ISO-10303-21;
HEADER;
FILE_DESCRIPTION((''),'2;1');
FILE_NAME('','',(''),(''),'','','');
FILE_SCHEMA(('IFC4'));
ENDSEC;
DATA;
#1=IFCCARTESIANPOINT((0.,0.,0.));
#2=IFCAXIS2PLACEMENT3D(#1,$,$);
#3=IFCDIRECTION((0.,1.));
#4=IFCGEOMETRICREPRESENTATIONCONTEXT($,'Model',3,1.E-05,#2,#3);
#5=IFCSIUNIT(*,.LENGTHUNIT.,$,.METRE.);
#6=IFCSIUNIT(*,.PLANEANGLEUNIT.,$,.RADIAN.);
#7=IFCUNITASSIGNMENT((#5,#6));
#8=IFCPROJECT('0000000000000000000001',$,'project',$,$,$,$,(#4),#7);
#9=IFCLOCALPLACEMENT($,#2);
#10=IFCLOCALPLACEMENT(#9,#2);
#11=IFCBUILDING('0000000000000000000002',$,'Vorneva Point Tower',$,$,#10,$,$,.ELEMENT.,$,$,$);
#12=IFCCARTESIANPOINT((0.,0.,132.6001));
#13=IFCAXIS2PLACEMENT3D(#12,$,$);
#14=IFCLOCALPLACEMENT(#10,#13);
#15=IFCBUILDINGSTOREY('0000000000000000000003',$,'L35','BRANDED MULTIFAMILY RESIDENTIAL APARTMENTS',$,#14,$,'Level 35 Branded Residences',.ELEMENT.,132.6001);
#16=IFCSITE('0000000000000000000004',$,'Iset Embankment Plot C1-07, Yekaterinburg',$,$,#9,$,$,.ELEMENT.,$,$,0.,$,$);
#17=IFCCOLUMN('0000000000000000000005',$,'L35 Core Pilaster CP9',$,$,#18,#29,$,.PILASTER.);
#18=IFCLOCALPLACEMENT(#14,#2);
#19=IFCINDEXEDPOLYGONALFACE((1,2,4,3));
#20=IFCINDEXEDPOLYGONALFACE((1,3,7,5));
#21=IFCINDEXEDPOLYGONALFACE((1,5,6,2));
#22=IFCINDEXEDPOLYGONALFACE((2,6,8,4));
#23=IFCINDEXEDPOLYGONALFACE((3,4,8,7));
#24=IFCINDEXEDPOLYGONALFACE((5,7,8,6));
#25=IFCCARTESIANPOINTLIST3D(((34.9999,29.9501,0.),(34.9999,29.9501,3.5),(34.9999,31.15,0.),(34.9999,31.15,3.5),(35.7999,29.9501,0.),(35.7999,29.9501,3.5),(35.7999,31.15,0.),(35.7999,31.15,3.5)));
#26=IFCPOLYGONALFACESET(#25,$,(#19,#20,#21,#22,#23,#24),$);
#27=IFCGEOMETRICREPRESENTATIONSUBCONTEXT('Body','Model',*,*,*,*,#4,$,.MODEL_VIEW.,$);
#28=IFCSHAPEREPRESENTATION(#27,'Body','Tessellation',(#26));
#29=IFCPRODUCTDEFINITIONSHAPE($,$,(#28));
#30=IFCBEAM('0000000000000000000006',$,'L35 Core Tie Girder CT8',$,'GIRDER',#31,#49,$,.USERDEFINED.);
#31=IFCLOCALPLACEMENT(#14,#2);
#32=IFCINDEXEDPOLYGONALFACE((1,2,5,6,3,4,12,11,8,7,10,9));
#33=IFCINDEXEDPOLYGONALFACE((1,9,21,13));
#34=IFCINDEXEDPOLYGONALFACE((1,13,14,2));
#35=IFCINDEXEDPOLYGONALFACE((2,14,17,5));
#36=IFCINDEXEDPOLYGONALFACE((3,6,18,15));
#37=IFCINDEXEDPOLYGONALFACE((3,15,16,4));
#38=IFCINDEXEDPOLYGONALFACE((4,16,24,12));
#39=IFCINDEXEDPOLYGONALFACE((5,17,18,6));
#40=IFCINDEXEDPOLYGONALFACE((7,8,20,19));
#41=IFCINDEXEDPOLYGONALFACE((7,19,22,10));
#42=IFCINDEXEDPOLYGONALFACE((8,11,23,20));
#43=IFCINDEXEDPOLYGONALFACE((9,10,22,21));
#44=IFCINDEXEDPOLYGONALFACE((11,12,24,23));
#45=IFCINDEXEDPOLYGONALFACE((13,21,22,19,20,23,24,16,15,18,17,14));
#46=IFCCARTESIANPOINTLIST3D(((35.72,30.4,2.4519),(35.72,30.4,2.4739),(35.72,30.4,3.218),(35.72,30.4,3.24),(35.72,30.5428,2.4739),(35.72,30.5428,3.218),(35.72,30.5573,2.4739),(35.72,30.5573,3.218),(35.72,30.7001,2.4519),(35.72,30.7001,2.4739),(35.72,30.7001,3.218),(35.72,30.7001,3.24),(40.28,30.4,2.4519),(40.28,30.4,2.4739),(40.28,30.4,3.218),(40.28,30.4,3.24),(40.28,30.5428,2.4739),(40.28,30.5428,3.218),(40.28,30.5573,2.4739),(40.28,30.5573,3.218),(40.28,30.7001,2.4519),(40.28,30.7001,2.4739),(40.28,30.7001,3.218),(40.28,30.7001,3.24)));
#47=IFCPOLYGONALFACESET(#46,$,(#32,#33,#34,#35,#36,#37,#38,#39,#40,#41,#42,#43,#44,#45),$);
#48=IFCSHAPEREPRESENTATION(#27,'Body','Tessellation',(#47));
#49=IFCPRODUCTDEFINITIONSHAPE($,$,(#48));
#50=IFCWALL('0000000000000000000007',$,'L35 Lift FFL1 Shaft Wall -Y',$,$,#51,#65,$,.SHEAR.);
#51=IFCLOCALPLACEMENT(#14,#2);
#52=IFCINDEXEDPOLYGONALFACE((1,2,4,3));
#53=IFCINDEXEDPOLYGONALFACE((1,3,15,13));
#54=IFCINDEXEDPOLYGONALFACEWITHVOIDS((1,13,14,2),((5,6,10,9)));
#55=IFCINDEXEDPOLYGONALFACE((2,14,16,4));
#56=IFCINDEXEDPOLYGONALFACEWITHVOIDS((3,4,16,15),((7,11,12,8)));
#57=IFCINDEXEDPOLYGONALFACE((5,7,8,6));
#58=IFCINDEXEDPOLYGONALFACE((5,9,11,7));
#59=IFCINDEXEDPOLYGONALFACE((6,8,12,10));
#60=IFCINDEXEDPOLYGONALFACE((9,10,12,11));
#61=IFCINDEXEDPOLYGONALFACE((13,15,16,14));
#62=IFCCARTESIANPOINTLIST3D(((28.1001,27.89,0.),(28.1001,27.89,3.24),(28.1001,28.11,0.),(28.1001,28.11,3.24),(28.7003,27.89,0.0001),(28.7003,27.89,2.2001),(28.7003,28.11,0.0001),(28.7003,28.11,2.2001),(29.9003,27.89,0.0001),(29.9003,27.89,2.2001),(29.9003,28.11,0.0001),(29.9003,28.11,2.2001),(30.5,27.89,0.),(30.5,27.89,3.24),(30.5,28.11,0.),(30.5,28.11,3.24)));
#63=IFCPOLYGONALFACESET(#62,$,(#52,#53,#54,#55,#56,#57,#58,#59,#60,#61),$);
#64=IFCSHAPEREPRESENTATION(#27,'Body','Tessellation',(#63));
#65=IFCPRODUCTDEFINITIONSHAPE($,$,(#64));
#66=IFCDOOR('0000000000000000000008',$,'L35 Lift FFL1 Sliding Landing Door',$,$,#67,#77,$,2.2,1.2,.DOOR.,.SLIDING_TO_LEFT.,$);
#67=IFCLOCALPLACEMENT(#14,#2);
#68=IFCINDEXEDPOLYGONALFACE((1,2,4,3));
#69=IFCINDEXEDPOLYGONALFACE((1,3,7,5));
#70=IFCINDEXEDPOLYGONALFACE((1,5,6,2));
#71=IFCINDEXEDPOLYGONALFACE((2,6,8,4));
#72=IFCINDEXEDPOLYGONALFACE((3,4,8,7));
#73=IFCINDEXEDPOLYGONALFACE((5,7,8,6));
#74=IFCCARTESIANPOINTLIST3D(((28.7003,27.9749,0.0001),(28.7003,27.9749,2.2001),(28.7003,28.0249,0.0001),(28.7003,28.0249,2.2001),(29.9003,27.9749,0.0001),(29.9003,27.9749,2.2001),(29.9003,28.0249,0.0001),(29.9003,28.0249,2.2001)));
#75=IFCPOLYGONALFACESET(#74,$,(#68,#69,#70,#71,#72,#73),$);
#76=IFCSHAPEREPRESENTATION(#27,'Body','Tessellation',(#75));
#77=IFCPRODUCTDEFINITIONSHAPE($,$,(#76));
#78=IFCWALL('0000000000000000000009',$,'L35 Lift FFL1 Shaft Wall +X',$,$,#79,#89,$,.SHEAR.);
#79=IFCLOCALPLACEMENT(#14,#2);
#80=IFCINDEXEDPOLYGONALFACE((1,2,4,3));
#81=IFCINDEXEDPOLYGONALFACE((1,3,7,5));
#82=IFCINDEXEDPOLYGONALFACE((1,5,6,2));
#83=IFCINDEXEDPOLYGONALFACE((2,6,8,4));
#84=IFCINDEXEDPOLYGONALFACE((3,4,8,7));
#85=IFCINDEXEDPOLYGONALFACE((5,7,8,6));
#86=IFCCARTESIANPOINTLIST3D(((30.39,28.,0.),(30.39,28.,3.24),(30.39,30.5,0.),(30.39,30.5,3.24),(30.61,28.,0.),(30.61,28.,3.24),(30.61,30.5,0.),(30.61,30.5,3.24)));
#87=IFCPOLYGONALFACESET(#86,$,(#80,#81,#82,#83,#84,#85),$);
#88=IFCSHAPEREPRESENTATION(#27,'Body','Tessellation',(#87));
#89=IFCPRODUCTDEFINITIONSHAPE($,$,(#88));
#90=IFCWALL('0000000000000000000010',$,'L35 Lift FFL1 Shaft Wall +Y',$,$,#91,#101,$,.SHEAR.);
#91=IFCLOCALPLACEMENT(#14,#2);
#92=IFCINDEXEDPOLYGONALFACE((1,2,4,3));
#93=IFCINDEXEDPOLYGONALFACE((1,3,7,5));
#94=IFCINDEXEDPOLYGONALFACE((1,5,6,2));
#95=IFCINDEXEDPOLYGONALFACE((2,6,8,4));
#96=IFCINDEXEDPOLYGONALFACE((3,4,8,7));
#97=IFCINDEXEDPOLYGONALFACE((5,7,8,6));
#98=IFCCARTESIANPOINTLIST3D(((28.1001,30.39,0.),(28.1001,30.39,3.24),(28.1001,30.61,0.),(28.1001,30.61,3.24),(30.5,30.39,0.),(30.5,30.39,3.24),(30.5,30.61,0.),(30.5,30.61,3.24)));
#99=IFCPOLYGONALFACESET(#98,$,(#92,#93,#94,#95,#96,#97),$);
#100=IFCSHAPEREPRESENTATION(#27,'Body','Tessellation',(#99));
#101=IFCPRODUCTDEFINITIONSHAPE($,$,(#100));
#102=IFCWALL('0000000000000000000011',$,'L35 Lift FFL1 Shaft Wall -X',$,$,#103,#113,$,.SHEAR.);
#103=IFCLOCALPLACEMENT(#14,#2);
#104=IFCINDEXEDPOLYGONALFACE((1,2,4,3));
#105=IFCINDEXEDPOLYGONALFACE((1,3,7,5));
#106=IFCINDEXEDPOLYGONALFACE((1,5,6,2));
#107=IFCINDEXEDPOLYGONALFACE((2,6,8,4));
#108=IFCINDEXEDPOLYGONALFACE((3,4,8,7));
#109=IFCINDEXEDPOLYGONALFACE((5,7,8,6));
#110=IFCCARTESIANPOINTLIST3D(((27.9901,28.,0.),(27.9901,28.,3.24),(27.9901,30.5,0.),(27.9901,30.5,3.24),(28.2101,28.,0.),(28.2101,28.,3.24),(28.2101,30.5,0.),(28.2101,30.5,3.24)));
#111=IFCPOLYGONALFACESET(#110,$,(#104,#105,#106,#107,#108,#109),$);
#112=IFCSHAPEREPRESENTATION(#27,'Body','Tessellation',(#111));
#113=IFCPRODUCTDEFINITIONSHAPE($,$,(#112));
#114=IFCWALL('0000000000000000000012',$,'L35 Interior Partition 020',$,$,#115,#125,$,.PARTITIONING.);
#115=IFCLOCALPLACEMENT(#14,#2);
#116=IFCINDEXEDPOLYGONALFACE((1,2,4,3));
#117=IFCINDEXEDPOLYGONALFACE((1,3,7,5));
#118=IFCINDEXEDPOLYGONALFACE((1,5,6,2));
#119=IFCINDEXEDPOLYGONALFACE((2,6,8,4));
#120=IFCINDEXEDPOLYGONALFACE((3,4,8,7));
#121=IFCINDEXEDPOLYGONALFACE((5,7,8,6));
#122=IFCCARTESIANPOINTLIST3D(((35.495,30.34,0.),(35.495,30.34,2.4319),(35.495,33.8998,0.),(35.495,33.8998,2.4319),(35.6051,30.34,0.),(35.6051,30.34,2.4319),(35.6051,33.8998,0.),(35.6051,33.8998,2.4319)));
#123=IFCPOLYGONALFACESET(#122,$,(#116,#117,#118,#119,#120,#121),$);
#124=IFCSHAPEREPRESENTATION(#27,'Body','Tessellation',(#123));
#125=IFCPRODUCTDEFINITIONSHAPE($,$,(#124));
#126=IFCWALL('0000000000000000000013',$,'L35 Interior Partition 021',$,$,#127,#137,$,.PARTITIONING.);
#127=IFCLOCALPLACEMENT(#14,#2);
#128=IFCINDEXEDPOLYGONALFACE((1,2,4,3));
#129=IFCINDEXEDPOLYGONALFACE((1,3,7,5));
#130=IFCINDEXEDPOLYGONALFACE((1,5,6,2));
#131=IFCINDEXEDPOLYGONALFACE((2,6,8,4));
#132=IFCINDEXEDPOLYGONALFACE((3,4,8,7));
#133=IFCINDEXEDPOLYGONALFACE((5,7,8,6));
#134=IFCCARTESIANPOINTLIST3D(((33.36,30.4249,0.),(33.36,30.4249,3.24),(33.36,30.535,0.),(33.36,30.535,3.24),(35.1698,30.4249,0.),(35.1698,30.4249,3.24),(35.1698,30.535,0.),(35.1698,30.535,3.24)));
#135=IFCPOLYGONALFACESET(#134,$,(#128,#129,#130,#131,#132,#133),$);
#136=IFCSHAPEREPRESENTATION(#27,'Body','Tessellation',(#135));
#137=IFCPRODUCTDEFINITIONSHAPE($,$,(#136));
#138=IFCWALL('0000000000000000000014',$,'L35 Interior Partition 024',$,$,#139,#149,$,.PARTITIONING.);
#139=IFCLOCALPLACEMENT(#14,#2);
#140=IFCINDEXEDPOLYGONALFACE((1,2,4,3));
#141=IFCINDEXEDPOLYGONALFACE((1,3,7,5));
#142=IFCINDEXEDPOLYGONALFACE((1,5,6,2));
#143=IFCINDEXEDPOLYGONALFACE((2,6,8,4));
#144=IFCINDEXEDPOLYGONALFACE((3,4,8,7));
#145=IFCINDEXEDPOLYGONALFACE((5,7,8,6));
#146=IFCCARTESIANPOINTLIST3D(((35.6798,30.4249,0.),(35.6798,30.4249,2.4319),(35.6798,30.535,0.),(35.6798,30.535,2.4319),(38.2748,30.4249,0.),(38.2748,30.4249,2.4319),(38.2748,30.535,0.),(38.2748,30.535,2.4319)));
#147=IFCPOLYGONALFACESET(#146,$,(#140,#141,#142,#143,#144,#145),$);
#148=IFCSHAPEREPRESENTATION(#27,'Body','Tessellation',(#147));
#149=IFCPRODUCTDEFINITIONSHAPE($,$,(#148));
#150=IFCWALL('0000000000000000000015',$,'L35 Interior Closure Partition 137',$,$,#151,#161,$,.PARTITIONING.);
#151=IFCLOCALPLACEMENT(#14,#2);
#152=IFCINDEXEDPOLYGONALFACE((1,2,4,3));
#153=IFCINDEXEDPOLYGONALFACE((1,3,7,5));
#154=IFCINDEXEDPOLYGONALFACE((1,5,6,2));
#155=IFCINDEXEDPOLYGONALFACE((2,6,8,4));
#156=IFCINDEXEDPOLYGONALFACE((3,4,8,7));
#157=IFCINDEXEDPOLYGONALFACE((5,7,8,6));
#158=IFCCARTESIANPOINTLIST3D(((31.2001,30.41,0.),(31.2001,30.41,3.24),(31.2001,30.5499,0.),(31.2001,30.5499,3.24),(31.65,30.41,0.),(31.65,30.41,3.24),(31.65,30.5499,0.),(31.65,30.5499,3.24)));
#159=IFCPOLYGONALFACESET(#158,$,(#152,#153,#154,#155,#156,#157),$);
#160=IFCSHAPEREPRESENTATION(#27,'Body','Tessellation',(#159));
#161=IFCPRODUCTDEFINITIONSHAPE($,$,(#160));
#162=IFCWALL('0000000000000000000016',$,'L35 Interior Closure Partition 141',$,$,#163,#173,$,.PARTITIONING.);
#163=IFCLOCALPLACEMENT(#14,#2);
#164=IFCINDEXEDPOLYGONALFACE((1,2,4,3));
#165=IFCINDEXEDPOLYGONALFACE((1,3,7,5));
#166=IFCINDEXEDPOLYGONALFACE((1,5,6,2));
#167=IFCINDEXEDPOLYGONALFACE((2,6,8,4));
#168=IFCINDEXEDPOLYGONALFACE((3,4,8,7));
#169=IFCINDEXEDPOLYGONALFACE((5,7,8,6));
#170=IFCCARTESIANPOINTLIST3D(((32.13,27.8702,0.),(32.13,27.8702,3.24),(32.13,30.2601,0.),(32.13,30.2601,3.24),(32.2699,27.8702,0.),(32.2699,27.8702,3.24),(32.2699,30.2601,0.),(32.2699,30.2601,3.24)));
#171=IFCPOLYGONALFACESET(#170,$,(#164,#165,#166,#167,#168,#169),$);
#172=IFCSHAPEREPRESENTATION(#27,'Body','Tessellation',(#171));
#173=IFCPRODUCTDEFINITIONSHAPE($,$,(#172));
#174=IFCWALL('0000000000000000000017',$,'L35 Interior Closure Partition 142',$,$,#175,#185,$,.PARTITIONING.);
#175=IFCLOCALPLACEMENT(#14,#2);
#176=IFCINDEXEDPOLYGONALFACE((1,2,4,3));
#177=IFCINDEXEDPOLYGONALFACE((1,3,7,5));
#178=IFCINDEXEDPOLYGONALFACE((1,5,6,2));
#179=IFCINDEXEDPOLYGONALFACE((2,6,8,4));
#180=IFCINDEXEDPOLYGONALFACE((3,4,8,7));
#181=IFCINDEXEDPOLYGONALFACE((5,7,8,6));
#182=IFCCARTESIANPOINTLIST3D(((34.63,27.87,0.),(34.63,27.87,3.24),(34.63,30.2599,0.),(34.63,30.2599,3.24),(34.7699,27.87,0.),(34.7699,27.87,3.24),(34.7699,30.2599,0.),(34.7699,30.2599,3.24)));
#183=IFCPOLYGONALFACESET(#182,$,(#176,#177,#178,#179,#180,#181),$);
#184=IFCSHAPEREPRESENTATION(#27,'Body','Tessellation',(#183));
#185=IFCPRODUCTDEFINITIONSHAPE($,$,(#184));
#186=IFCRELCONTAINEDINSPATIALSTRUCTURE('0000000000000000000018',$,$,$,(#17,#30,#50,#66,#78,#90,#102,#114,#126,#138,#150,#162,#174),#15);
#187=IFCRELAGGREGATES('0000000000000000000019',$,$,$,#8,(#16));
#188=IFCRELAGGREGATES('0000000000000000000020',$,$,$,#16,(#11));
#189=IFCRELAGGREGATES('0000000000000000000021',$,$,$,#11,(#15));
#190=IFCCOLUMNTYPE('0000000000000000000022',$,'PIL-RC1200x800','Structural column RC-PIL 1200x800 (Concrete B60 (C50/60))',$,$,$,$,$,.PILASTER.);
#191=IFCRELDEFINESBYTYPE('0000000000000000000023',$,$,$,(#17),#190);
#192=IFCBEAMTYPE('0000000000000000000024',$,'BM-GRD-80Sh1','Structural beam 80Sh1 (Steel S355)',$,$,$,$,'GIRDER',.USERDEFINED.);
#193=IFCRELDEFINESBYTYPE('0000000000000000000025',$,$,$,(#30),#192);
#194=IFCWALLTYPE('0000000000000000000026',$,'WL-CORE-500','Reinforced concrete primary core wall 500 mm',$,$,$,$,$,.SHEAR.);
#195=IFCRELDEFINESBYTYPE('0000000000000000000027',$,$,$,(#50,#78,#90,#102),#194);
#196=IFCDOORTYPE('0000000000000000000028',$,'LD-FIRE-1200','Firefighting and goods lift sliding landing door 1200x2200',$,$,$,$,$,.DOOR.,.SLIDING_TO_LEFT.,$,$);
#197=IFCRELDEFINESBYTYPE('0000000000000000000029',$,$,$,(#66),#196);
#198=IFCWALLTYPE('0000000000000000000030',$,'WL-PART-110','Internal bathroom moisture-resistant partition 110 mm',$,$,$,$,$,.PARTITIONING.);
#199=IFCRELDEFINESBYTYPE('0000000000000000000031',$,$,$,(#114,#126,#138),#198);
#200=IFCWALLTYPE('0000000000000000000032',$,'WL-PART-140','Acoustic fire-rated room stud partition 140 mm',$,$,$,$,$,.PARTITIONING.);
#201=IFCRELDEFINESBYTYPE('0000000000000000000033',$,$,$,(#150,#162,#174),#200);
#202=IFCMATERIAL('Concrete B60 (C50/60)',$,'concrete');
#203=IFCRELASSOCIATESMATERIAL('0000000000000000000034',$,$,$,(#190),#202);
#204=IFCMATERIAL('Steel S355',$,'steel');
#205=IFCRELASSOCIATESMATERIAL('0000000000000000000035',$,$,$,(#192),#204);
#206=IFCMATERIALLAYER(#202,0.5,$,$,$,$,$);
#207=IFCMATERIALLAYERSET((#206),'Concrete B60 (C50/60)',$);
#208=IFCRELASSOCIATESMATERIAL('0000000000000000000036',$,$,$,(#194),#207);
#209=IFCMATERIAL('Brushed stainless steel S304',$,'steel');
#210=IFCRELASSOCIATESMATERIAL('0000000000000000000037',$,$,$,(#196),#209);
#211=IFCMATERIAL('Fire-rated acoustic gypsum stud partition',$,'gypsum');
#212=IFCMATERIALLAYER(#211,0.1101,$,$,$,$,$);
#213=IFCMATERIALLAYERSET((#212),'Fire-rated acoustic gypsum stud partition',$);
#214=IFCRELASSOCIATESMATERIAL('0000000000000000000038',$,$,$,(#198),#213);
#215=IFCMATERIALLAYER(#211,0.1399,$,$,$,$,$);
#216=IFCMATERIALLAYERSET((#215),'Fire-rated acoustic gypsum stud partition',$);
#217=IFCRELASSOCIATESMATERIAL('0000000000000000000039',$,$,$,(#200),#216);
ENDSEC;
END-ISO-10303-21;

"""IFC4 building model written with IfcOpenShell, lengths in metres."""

from ifc_helpers import new_model, si_unit, direction, frame, frame_2d, origin, origin_2d, place, context, subcontext, project, spatial, rectangle, i_section, extrude, material, layer, layer_set, material_profile, profile_set, type_object, element, fill, save


model = new_model("IFC4")

# Units and contexts
model_context = context("Model", 3, precision=1e-05, world=origin(), true_north=direction((0.0, 1.0)))
body_context = subcontext(model_context, "Body", "Model", "MODEL_VIEW")
ifc_project = project(units=[si_unit("LENGTHUNIT", "METRE"), si_unit("PLANEANGLEUNIT", "RADIAN")], contexts=[model_context])

# Site, building, storey
site_placement = place(None, origin())
site = spatial("IfcSite", under=ifc_project, at=site_placement, Name="Iset Embankment Plot C1-07, Yekaterinburg", CompositionType="ELEMENT", RefElevation=0.0)
building_placement = place(site_placement, origin())
building = spatial("IfcBuilding", under=site, at=building_placement, Name="Vorneva Point Tower", CompositionType="ELEMENT")
storey_placement = place(building_placement, frame((0.0, 0.0, 132.6001)))
storey = spatial("IfcBuildingStorey", under=building, at=storey_placement, Name="L35", Description="BRANDED MULTIFAMILY RESIDENTIAL APARTMENTS", LongName="Level 35 Branded Residences", CompositionType="ELEMENT", Elevation=132.6001)

# Column
ifc_material_1 = material(Name="Concrete B60 (C50/60)", Category="concrete")
ifc_material_profile_1 = material_profile(ifc_material_1, rectangle(XDim=0.8, YDim=1.2, at=origin_2d()), Name="RC-PIL 1200x800")
ifc_profile_set_1 = profile_set([ifc_material_profile_1], Name="Concrete B60 (C50/60)")
column_type = type_object("IfcColumnType", Name="PIL-RC1200x800", Description="Structural column RC-PIL 1200x800 (Concrete B60 (C50/60))", PredefinedType="PILASTER", material=ifc_profile_set_1)
column_placement = place(storey_placement, frame((35.3999, 30.55, 0.0), z_axis=(0.0, 0.0, 1.0), x_axis=(1.0, 0.0, 0.0)))
element("IfcColumn", 1, at=column_placement, inside=storey, type_object=column_type, Name="L35 Core Pilaster CP9", PredefinedType="PILASTER", context=body_context, shape_type="SweptSolid", body=[
    extrude(rectangle(XDim=0.8, YDim=1.2, at=origin_2d()), origin(), (0.0, 0.0, 1.0), 3.5),
])

# Beam
ifc_material_2 = material(Name="Steel S355", Category="steel")
ifc_material_profile_2 = material_profile(ifc_material_2, i_section(OverallWidth=0.3, OverallDepth=0.7881, WebThickness=0.0144, FlangeThickness=0.022, at=origin_2d()), Name="80Sh1")
ifc_profile_set_2 = profile_set([ifc_material_profile_2], Name="Steel S355")
beam_type = type_object("IfcBeamType", Name="BM-GRD-80Sh1", Description="Structural beam 80Sh1 (Steel S355)", ElementType="GIRDER", PredefinedType="USERDEFINED", material=ifc_profile_set_2)
beam_placement = place(storey_placement, frame((35.72, 30.55, 2.8459), z_axis=(1.0, 0.0, 0.0), x_axis=(0.0, 1.0, 0.0)))
element("IfcBeam", 2, at=beam_placement, inside=storey, type_object=beam_type, Name="L35 Core Tie Girder CT8", ObjectType="GIRDER", PredefinedType="USERDEFINED", context=body_context, shape_type="SweptSolid", body=[
    extrude(i_section(OverallWidth=0.3, OverallDepth=0.7881, WebThickness=0.0144, FlangeThickness=0.022, at=origin_2d()), origin(), (0.0, 0.0, 1.0), 4.5601),
])

# Wall, opening, door
ifc_layer_1 = layer(ifc_material_1, 0.5)
ifc_layer_set_1 = layer_set([ifc_layer_1], Name="Concrete B60 (C50/60)")
wall_type_1 = type_object("IfcWallType", Name="WL-CORE-500", Description="Reinforced concrete primary core wall 500 mm", PredefinedType="SHEAR", material=ifc_layer_set_1)
wall_1_placement = place(storey_placement, frame((28.1001, 28.0, 0.0), z_axis=(0.0, 0.0, 1.0), x_axis=(1.0, 0.0, 0.0)))
wall_1 = element("IfcWall", 3, at=wall_1_placement, inside=storey, type_object=wall_type_1, Name="L35 Lift FFL1 Shaft Wall -Y", PredefinedType="SHEAR", context=body_context, shape_type="SweptSolid", body=[
    extrude(rectangle(XDim=2.3999, YDim=0.22, at=frame_2d((1.2, 0.0))), origin(), (0.0, 0.0, 1.0), 3.24),
])
opening_1_placement = place(wall_1_placement, frame((0.6001, 0.0, 0.0)))
opening_1 = element("IfcOpeningElement", 4, at=opening_1_placement, cuts=wall_1, PredefinedType="OPENING", context=body_context, shape_type="SweptSolid", body=[
    extrude(rectangle(XDim=1.2, YDim=2.2, at=frame_2d((0.6001, 1.1001))), frame((0.0, 0.125, 0.0), z_axis=(0.0, -1.0, 0.0), x_axis=(1.0, 0.0, 0.0)), (0.0, 0.0, 1.0), 0.2498),
])
ifc_material_3 = material(Name="Brushed stainless steel S304", Category="steel")
door_type_1 = type_object("IfcDoorType", Name="LD-FIRE-1200", Description="Firefighting and goods lift sliding landing door 1200x2200", OperationType="SLIDING_TO_LEFT", PredefinedType="DOOR", material=ifc_material_3)
door_1_placement = place(opening_1_placement, origin())
door_1 = element("IfcDoor", 5, at=door_1_placement, inside=storey, type_object=door_type_1, Name="L35 Lift FFL1 Sliding Landing Door", OperationType="SLIDING_TO_LEFT", OverallHeight=2.2, OverallWidth=1.2, PredefinedType="DOOR", context=body_context, shape_type="SweptSolid", body=[
    extrude(rectangle(XDim=1.2, YDim=2.2, at=frame_2d((0.6001, 1.1001))), frame((0.0, 0.0249, 0.0), z_axis=(0.0, -1.0, 0.0), x_axis=(1.0, 0.0, 0.0)), (0.0, 0.0, 1.0), 0.05),
])
fill(opening_1, door_1)

# Walls
wall_2_placement = place(storey_placement, frame((30.5, 28.0, 0.0), z_axis=(0.0, 0.0, 1.0), x_axis=(0.0, 1.0, 0.0)))
element("IfcWall", 6, at=wall_2_placement, inside=storey, type_object=wall_type_1, Name="L35 Lift FFL1 Shaft Wall +X", PredefinedType="SHEAR", context=body_context, shape_type="SweptSolid", body=[
    extrude(rectangle(XDim=2.5, YDim=0.22, at=frame_2d((1.25, 0.0))), origin(), (0.0, 0.0, 1.0), 3.24),
])
wall_3_placement = place(storey_placement, frame((30.5, 30.5, 0.0), z_axis=(0.0, 0.0, 1.0), x_axis=(-1.0, 0.0, 0.0)))
element("IfcWall", 7, at=wall_3_placement, inside=storey, type_object=wall_type_1, Name="L35 Lift FFL1 Shaft Wall +Y", PredefinedType="SHEAR", context=body_context, shape_type="SweptSolid", body=[
    extrude(rectangle(XDim=2.3999, YDim=0.22, at=frame_2d((1.2, 0.0))), origin(), (0.0, 0.0, 1.0), 3.24),
])
wall_4_placement = place(storey_placement, frame((28.1001, 30.5, 0.0), z_axis=(0.0, 0.0, 1.0), x_axis=(0.0, -1.0, 0.0)))
element("IfcWall", 8, at=wall_4_placement, inside=storey, type_object=wall_type_1, Name="L35 Lift FFL1 Shaft Wall -X", PredefinedType="SHEAR", context=body_context, shape_type="SweptSolid", body=[
    extrude(rectangle(XDim=2.5, YDim=0.22, at=frame_2d((1.25, 0.0))), origin(), (0.0, 0.0, 1.0), 3.24),
])
ifc_material_4 = material(Name="Fire-rated acoustic gypsum stud partition", Category="gypsum")
ifc_layer_2 = layer(ifc_material_4, 0.1101)
ifc_layer_set_2 = layer_set([ifc_layer_2], Name="Fire-rated acoustic gypsum stud partition")
wall_type_2 = type_object("IfcWallType", Name="WL-PART-110", Description="Internal bathroom moisture-resistant partition 110 mm", PredefinedType="PARTITIONING", material=ifc_layer_set_2)
wall_5_placement = place(storey_placement, frame((35.55, 30.3401, 0.0), z_axis=(0.0, 0.0, 1.0), x_axis=(0.0, 1.0, 0.0)))
element("IfcWall", 9, at=wall_5_placement, inside=storey, type_object=wall_type_2, Name="L35 Interior Partition 020", PredefinedType="PARTITIONING", context=body_context, shape_type="SweptSolid", body=[
    extrude(rectangle(XDim=3.5598, YDim=0.1101, at=frame_2d((1.7798, 0.0))), origin(), (0.0, 0.0, 1.0), 2.4319),
])
wall_6_placement = place(storey_placement, frame((33.3601, 30.48, 0.0), z_axis=(0.0, 0.0, 1.0), x_axis=(1.0, 0.0, 0.0)))
element("IfcWall", 10, at=wall_6_placement, inside=storey, type_object=wall_type_2, Name="L35 Interior Partition 021", PredefinedType="PARTITIONING", context=body_context, shape_type="SweptSolid", body=[
    extrude(rectangle(XDim=1.8098, YDim=0.1101, at=frame_2d((0.9048, 0.0))), origin(), (0.0, 0.0, 1.0), 3.24),
])
wall_7_placement = place(storey_placement, frame((35.6799, 30.48, 0.0), z_axis=(0.0, 0.0, 1.0), x_axis=(1.0, 0.0, 0.0)))
element("IfcWall", 11, at=wall_7_placement, inside=storey, type_object=wall_type_2, Name="L35 Interior Partition 024", PredefinedType="PARTITIONING", context=body_context, shape_type="SweptSolid", body=[
    extrude(rectangle(XDim=2.595, YDim=0.1101, at=frame_2d((1.2974, 0.0))), origin(), (0.0, 0.0, 1.0), 2.4319),
])
ifc_layer_3 = layer(ifc_material_4, 0.1399)
ifc_layer_set_3 = layer_set([ifc_layer_3], Name="Fire-rated acoustic gypsum stud partition")
wall_type_3 = type_object("IfcWallType", Name="WL-PART-140", Description="Acoustic fire-rated room stud partition 140 mm", PredefinedType="PARTITIONING", material=ifc_layer_set_3)
wall_8_placement = place(storey_placement, frame((31.2, 30.48, 0.0), z_axis=(0.0, 0.0, 1.0), x_axis=(1.0, 0.0, 0.0)))
element("IfcWall", 12, at=wall_8_placement, inside=storey, type_object=wall_type_3, Name="L35 Interior Closure Partition 137", PredefinedType="PARTITIONING", context=body_context, shape_type="SweptSolid", body=[
    extrude(rectangle(XDim=0.45, YDim=0.1399, at=frame_2d((0.2251, 0.0))), origin(), (0.0, 0.0, 1.0), 3.24),
])
for number, where, z_axis, x_axis, name in (
    (13, (32.2, 30.26, 0.0), (0.0, 0.0, 1.0), (0.0, -1.0, 0.0), "L35 Interior Closure Partition 141"),
    (14, (34.7, 27.8701, 0.0), (0.0, 0.0, 1.0), (0.0, 1.0, 0.0), "L35 Interior Closure Partition 142"),
):
    element("IfcWall", number, at=place(storey_placement, frame(where, z_axis=z_axis, x_axis=x_axis)), inside=storey, type_object=wall_type_3, Name=name, PredefinedType="PARTITIONING", context=body_context, shape_type="SweptSolid", body=[
        extrude(rectangle(XDim=2.3899, YDim=0.1399, at=frame_2d((1.1948, 0.0))), origin(), (0.0, 0.0, 1.0), 3.24),
    ])

save(model, "model.ifc")
